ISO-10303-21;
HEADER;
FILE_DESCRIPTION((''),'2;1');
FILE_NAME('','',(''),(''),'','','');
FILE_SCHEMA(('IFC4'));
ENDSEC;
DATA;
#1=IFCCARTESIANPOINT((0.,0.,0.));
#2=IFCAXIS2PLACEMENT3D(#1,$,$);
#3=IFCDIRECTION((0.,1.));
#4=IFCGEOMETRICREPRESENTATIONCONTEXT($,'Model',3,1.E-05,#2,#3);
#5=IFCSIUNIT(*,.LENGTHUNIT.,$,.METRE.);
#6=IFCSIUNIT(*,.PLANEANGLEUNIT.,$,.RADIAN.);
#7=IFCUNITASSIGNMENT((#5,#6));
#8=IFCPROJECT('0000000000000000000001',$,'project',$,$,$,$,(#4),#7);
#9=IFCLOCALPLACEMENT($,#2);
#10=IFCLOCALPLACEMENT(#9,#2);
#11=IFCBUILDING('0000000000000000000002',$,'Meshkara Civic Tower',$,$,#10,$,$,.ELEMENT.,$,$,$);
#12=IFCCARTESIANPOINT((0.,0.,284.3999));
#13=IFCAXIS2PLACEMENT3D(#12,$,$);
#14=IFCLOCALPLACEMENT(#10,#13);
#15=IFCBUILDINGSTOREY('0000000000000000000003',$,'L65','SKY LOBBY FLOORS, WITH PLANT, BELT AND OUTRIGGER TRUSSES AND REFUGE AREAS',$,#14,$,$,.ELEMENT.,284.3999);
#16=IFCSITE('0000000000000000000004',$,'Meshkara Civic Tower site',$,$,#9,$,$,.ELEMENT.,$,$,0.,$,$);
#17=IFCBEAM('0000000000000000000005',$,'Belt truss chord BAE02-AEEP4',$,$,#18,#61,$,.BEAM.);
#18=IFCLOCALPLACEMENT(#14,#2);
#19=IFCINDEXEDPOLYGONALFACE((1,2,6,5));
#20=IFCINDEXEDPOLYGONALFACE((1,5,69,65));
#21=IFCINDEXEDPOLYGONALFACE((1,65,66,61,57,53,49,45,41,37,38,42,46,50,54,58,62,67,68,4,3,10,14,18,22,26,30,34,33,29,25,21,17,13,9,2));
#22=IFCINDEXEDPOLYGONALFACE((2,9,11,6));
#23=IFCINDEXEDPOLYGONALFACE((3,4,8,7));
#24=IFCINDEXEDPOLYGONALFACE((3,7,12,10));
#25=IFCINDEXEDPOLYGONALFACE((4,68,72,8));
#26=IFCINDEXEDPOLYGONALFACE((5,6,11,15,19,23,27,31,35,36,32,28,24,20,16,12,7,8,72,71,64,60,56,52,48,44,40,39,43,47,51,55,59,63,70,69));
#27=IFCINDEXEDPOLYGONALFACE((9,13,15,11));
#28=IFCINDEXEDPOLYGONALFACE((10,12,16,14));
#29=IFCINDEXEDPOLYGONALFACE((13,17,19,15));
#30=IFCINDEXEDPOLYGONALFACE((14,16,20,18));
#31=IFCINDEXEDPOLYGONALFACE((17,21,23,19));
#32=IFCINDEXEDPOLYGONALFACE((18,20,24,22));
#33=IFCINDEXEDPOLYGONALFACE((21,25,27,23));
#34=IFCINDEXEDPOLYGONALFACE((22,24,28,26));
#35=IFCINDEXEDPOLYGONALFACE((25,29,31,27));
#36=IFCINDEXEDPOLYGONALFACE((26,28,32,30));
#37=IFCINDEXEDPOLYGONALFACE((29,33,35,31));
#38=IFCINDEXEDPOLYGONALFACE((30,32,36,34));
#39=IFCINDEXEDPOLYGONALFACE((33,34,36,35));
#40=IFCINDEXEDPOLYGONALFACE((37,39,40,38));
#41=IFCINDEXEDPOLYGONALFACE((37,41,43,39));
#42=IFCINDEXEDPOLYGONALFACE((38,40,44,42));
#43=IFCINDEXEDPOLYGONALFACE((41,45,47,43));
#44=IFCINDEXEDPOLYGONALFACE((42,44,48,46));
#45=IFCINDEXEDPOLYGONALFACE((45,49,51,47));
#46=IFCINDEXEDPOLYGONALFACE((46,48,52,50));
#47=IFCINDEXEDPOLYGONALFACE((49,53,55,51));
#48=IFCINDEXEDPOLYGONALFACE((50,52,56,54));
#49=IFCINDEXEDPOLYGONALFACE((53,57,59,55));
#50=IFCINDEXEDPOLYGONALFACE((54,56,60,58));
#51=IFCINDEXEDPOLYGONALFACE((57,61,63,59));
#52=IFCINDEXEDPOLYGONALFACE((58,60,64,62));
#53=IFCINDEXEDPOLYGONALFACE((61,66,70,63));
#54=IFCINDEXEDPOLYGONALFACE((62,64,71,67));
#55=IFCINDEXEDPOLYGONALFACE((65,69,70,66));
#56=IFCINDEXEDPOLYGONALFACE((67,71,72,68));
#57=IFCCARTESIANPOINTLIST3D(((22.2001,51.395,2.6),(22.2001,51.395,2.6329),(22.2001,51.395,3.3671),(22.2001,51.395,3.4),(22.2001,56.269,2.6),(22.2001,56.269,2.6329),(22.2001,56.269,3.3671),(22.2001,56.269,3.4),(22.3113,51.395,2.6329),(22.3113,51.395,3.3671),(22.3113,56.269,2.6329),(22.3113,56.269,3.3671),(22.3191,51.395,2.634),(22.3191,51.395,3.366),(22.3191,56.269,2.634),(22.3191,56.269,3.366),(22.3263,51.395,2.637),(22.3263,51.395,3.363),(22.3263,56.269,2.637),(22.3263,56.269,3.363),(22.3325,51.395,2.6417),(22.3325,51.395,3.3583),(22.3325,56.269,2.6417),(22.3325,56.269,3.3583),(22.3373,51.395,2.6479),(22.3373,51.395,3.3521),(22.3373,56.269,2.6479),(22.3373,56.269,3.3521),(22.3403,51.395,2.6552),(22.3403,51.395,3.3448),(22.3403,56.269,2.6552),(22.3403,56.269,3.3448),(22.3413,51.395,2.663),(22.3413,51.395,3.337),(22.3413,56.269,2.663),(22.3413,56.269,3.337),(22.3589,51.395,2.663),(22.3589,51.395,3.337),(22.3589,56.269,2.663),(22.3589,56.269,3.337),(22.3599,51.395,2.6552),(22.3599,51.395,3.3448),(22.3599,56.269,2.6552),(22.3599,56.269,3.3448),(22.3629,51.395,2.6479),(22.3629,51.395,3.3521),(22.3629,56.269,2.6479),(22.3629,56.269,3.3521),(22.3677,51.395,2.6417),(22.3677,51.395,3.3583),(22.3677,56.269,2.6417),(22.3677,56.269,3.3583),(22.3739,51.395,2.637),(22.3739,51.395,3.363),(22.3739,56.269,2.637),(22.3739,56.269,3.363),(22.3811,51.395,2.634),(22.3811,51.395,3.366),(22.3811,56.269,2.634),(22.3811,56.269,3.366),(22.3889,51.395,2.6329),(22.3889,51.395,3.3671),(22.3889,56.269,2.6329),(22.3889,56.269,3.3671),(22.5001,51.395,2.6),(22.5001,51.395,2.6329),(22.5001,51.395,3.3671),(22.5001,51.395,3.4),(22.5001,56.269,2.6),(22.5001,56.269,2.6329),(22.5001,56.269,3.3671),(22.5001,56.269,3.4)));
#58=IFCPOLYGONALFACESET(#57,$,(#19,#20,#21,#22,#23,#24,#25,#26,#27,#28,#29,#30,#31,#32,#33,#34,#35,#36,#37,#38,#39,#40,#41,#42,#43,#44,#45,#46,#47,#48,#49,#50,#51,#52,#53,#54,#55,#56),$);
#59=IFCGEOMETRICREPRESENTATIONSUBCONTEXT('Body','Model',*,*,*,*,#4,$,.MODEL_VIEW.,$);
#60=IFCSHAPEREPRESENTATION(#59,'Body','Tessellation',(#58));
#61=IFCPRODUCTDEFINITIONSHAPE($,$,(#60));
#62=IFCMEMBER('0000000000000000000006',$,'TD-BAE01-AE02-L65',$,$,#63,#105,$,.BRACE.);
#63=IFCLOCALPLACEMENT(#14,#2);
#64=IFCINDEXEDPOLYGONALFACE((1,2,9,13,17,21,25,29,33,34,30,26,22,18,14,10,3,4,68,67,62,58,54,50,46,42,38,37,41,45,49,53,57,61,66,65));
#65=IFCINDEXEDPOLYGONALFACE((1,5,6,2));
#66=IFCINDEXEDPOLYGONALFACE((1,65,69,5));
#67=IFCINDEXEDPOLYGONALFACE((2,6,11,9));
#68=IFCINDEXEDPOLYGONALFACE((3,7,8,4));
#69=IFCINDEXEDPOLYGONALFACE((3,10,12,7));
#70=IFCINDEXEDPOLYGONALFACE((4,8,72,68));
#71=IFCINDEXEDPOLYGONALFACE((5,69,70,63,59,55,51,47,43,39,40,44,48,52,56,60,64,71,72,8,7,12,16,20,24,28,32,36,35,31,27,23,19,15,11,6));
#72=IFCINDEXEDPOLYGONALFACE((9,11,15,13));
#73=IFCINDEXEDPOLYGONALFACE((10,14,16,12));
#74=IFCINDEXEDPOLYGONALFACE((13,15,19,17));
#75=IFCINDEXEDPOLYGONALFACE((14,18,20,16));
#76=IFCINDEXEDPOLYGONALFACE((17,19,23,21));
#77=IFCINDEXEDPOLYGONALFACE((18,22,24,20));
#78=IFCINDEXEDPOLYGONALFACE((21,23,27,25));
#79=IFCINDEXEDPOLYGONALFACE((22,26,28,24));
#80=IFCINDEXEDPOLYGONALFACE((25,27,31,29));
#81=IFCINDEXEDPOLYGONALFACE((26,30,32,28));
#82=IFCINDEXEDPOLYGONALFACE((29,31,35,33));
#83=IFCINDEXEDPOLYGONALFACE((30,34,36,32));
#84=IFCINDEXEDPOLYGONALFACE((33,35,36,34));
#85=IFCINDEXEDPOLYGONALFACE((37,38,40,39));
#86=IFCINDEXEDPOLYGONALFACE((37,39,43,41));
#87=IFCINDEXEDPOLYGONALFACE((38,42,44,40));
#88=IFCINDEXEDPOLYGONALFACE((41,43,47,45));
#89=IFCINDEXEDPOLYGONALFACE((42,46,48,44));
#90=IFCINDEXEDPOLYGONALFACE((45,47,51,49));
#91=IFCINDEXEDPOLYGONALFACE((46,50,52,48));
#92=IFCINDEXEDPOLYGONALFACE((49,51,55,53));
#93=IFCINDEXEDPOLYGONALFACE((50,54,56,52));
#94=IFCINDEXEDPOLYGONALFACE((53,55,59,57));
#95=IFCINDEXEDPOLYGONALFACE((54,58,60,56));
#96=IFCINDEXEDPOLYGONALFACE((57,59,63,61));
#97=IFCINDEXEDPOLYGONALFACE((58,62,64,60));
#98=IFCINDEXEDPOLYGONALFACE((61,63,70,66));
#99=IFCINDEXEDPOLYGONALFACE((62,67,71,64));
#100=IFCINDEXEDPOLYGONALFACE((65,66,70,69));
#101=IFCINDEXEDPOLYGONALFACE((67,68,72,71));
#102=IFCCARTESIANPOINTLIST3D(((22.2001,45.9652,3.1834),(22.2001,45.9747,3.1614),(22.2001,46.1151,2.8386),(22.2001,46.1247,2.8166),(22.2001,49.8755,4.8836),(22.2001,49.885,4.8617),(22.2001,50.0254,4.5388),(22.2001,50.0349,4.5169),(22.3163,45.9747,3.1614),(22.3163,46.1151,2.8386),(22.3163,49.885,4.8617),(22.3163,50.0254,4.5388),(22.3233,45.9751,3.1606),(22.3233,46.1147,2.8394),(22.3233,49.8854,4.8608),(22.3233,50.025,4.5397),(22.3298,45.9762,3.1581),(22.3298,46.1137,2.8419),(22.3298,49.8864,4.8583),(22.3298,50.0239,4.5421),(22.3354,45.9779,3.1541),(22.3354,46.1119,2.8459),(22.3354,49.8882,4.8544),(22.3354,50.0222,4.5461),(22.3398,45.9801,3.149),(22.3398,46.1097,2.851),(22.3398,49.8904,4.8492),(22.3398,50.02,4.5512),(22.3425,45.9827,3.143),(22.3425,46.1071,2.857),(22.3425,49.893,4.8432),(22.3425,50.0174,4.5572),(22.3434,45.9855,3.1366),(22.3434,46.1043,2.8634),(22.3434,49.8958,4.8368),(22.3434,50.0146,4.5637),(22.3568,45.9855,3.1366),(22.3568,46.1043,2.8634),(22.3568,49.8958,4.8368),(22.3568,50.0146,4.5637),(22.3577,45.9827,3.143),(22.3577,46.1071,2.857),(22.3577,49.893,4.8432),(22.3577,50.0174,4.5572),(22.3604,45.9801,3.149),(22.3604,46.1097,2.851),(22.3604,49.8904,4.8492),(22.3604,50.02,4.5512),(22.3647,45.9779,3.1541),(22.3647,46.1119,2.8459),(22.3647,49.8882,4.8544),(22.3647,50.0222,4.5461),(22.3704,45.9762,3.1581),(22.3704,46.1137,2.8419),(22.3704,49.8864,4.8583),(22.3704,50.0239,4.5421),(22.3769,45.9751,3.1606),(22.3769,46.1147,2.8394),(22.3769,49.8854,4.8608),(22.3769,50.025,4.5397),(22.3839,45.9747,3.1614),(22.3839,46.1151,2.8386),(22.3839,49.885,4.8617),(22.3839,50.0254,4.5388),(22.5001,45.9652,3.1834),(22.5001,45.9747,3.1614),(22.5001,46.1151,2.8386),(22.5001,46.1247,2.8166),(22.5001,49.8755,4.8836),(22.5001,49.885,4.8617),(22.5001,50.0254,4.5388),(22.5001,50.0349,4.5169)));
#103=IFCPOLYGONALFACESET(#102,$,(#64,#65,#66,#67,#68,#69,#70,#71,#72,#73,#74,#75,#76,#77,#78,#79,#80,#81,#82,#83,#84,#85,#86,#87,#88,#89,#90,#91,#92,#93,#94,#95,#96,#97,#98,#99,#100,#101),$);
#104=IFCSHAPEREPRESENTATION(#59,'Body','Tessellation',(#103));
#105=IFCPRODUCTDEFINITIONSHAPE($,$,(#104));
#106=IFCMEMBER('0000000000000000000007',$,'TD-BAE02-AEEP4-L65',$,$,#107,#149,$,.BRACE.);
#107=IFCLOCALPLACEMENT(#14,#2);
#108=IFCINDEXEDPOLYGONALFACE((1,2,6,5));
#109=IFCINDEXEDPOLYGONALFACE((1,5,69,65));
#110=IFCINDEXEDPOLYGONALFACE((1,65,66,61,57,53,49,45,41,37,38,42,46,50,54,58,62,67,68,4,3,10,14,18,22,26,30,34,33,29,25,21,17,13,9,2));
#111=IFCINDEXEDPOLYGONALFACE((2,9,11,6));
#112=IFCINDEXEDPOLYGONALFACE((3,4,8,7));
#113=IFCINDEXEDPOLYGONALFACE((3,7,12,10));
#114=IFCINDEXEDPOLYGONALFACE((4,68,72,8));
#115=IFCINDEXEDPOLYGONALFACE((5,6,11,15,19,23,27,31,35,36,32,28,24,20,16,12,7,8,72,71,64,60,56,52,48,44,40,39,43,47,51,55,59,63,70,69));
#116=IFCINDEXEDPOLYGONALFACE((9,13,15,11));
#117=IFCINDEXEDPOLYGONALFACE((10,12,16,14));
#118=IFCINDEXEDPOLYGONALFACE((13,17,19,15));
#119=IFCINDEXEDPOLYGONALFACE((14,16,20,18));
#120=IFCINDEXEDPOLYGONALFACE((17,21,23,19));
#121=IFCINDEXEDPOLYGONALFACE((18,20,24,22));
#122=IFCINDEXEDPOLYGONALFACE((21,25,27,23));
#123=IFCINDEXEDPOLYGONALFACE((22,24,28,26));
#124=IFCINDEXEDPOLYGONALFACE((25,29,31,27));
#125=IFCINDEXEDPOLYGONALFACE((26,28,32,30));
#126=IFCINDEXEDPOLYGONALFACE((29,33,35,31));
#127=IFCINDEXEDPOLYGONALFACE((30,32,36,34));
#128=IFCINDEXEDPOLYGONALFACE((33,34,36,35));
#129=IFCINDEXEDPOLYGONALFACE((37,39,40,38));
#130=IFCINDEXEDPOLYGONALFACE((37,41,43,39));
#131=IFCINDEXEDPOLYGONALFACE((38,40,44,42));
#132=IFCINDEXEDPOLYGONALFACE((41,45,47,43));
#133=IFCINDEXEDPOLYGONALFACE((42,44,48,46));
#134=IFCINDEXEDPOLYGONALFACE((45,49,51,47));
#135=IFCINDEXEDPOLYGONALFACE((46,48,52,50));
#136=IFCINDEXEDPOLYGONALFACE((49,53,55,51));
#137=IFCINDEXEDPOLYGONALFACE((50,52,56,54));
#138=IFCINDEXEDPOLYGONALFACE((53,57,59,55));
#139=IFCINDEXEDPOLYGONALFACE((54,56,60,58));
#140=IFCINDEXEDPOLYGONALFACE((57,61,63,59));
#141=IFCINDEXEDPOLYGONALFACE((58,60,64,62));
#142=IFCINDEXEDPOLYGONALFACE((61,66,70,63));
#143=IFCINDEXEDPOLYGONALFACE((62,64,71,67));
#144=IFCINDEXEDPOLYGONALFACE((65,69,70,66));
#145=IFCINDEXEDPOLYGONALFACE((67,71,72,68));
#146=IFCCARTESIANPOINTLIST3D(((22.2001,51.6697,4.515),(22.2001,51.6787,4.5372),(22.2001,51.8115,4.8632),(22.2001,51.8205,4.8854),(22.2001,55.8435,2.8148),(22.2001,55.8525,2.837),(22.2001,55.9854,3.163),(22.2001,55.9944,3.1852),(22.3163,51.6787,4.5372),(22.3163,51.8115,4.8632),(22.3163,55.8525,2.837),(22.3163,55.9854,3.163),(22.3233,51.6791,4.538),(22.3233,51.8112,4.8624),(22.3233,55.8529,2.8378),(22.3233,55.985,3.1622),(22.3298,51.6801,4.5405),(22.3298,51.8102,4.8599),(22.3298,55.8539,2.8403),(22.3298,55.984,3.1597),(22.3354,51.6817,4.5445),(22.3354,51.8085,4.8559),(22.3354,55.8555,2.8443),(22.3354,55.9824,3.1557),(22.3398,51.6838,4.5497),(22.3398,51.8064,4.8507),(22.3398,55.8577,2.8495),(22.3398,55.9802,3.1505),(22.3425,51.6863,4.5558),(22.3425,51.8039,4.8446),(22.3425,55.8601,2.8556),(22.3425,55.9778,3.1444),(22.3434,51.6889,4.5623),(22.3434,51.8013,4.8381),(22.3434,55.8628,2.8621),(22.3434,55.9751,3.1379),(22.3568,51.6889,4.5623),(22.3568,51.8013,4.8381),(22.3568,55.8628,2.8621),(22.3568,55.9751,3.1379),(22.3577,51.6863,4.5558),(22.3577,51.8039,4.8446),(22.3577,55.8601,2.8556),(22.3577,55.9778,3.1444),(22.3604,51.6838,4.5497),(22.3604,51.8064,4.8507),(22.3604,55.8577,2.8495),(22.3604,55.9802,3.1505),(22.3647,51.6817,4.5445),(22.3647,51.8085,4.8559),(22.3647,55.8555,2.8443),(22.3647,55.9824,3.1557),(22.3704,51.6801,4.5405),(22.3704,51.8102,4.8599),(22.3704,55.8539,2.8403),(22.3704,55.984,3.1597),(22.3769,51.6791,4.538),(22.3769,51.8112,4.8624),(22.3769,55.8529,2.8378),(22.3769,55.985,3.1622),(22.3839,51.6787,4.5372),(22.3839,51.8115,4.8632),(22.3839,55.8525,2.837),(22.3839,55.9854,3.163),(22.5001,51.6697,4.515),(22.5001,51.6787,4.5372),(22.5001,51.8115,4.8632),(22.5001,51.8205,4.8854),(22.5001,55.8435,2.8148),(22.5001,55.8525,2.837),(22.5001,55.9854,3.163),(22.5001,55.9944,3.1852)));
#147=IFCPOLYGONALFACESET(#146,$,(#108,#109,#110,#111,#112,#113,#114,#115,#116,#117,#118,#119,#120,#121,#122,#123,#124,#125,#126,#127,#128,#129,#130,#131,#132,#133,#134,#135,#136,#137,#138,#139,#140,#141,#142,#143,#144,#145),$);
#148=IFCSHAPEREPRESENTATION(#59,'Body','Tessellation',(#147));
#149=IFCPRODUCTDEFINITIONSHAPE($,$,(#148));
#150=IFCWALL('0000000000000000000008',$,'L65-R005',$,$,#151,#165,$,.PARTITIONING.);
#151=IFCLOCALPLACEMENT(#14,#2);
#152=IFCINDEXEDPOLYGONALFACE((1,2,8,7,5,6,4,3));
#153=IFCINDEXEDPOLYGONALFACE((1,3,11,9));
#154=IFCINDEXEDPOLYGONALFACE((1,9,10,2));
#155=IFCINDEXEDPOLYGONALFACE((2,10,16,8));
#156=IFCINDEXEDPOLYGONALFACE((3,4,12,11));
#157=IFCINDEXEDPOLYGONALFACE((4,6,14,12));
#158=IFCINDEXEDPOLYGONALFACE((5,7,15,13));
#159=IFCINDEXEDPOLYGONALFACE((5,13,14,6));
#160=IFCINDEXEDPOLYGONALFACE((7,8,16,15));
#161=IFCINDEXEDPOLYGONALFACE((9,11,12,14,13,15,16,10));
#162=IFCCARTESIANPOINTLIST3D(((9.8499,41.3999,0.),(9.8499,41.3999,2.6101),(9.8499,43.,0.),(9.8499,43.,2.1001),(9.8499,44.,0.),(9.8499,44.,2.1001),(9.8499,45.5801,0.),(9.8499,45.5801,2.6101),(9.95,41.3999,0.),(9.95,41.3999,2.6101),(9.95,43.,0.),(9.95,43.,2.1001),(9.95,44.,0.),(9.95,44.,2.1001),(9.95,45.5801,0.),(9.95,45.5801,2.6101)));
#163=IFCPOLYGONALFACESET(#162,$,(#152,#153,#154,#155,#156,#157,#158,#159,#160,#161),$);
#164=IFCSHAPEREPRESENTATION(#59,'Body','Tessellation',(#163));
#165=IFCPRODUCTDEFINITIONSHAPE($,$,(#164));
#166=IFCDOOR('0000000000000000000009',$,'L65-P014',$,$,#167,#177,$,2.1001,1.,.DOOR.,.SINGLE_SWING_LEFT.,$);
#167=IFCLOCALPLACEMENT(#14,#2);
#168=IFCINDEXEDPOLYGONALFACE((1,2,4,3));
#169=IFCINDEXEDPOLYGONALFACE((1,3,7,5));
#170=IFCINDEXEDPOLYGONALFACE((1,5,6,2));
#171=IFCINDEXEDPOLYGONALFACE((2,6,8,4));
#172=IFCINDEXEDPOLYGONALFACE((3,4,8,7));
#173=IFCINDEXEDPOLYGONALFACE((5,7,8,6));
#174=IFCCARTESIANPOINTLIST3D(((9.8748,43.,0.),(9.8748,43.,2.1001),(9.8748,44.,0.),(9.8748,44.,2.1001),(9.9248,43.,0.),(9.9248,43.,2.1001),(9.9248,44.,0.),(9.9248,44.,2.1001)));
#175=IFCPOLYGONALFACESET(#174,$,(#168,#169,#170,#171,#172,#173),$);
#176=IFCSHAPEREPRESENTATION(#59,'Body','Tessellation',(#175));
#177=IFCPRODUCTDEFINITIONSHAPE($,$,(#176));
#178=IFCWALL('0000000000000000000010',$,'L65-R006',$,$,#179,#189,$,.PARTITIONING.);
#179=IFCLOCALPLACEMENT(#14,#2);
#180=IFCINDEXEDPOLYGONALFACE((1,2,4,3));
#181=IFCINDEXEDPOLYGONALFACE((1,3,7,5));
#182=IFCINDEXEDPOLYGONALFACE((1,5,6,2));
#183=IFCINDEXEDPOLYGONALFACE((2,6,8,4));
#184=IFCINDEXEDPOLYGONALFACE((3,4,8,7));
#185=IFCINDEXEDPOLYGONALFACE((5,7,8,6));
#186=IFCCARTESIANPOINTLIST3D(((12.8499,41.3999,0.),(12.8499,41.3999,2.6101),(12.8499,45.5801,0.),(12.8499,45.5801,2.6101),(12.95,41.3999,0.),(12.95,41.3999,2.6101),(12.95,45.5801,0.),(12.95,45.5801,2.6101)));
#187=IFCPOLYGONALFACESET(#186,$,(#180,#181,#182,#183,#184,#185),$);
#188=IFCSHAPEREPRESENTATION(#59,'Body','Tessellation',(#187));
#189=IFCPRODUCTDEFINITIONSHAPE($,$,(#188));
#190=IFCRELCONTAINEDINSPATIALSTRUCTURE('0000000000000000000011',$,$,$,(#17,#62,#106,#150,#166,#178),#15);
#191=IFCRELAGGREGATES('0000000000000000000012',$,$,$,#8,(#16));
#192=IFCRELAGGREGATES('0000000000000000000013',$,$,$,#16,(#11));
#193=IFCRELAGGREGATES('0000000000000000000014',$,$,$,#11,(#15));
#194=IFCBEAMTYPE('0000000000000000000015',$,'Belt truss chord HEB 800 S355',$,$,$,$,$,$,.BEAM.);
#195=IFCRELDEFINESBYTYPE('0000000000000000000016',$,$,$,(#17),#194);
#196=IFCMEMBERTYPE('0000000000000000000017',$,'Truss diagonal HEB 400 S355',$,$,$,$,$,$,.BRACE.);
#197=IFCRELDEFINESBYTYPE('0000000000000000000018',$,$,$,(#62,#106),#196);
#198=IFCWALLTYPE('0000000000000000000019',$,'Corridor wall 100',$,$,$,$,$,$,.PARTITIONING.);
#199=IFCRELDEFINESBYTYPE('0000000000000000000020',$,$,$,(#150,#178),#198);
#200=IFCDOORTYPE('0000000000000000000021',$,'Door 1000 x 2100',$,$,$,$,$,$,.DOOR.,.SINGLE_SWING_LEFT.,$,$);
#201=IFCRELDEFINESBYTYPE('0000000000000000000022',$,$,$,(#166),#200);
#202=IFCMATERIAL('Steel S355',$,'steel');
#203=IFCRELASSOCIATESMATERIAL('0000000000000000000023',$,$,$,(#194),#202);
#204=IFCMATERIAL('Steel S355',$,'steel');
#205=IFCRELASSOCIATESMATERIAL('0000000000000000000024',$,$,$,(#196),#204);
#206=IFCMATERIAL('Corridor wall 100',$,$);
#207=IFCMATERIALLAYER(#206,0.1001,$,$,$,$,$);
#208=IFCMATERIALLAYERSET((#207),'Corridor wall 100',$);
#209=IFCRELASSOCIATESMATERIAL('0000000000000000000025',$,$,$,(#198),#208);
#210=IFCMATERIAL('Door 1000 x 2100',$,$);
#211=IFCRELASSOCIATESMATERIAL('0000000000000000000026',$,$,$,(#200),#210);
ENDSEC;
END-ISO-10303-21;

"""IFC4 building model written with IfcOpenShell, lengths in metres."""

from ifc_helpers import new_model, si_unit, direction, frame, frame_2d, origin, origin_2d, place, context, subcontext, project, spatial, rectangle, i_section, extrude, material, layer, layer_set, material_profile, profile_set, type_object, element, fill, save


model = new_model("IFC4")

# Units and contexts
model_context = context("Model", 3, precision=1e-05, world=origin(), true_north=direction((0.0, 1.0)))
body_context = subcontext(model_context, "Body", "Model", "MODEL_VIEW")
ifc_project = project(units=[si_unit("LENGTHUNIT", "METRE"), si_unit("PLANEANGLEUNIT", "RADIAN")], contexts=[model_context])

# Site, building, storey
site_placement = place(None, origin())
site = spatial("IfcSite", under=ifc_project, at=site_placement, Name="Meshkara Civic Tower site", CompositionType="ELEMENT", RefElevation=0.0)
building_placement = place(site_placement, origin())
building = spatial("IfcBuilding", under=site, at=building_placement, Name="Meshkara Civic Tower", CompositionType="ELEMENT")
storey_placement = place(building_placement, frame((0.0, 0.0, 284.3999)))
storey = spatial("IfcBuildingStorey", under=building, at=storey_placement, Name="L65", Description="SKY LOBBY FLOORS, WITH PLANT, BELT AND OUTRIGGER TRUSSES AND REFUGE AREAS", CompositionType="ELEMENT", Elevation=284.3999)

# Beam
ifc_material_1 = material(Name="Steel S355", Category="steel")
ifc_material_profile_1 = material_profile(ifc_material_1, i_section(OverallWidth=0.3, OverallDepth=0.8, WebThickness=0.0176, FlangeThickness=0.033, FilletRadius=0.03, at=origin_2d()))
ifc_profile_set_1 = profile_set([ifc_material_profile_1], Name="Steel S355")
beam_type = type_object("IfcBeamType", Name="Belt truss chord HEB 800 S355", PredefinedType="BEAM", material=ifc_profile_set_1)
for number, where, z_axis, x_axis, name in (
    (1, (22.3501, 51.395, 3.0), (0.0, 1.0, 0.0), (-1.0, 0.0, 0.0), "Belt truss chord BAE02-AEEP4"),
):
    element("IfcBeam", number, at=place(storey_placement, frame(where, z_axis=z_axis, x_axis=x_axis)), inside=storey, type_object=beam_type, Name=name, PredefinedType="BEAM", context=body_context, shape_type="SweptSolid", body=[
        extrude(i_section(OverallWidth=0.3, OverallDepth=0.8, WebThickness=0.0176, FlangeThickness=0.033, FilletRadius=0.03, at=origin_2d()), origin(), (0.0, 0.0, 1.0), 4.874),
    ])

# Members
ifc_material_2 = material(Name="Steel S355", Category="steel")
ifc_material_profile_2 = material_profile(ifc_material_2, i_section(OverallWidth=0.3, OverallDepth=0.3999, WebThickness=0.0134, FlangeThickness=0.0239, FilletRadius=0.0271, at=origin_2d()))
ifc_profile_set_2 = profile_set([ifc_material_profile_2], Name="Steel S355")
member_type = type_object("IfcMemberType", Name="Truss diagonal HEB 400 S355", PredefinedType="BRACE", material=ifc_profile_set_2)
member_1_placement = place(storey_placement, frame((22.3501, 46.0449, 3.0), z_axis=(0.0, 0.917059, 0.398751), x_axis=(-1.0, 0.0, 0.0)))
element("IfcMember", 2, at=member_1_placement, inside=storey, type_object=member_type, Name="TD-BAE01-AE02-L65", PredefinedType="BRACE", context=body_context, shape_type="SweptSolid", body=[
    extrude(i_section(OverallWidth=0.3, OverallDepth=0.3999, WebThickness=0.0134, FlangeThickness=0.0239, FilletRadius=0.0271, at=origin_2d()), origin(), (0.0, 0.0, 1.0), 4.2639),
])
member_2_placement = place(storey_placement, frame((22.3501, 51.7451, 4.7002), z_axis=(0.0, 0.926112, -0.377249), x_axis=(-1.0, 0.0, 0.0)))
element("IfcMember", 3, at=member_2_placement, inside=storey, type_object=member_type, Name="TD-BAE02-AEEP4-L65", PredefinedType="BRACE", context=body_context, shape_type="SweptSolid", body=[
    extrude(i_section(OverallWidth=0.3, OverallDepth=0.3999, WebThickness=0.0134, FlangeThickness=0.0239, FilletRadius=0.0271, at=origin_2d()), origin(), (0.0, 0.0, 1.0), 4.5068),
])

# Wall, opening, door
ifc_material_3 = material(Name="Corridor wall 100")
ifc_layer_1 = layer(ifc_material_3, 0.1001)
ifc_layer_set_1 = layer_set([ifc_layer_1], Name="Corridor wall 100")
wall_type_1 = type_object("IfcWallType", Name="Corridor wall 100", PredefinedType="PARTITIONING", material=ifc_layer_set_1)
wall_1_placement = place(storey_placement, frame((9.8999, 45.5801, 0.0), z_axis=(0.0, 0.0, 1.0), x_axis=(0.0, -1.0, 0.0)))
wall_1 = element("IfcWall", 4, at=wall_1_placement, inside=storey, type_object=wall_type_1, Name="L65-R005", PredefinedType="PARTITIONING", context=body_context, shape_type="SweptSolid", body=[
    extrude(rectangle(XDim=4.1802, YDim=0.1001, at=frame_2d((2.0901, 0.0))), origin(), (0.0, 0.0, 1.0), 2.6101),
])
opening_1_placement = place(wall_1_placement, frame((1.5801, 0.0, 0.0)))
opening_1 = element("IfcOpeningElement", 5, at=opening_1_placement, cuts=wall_1, PredefinedType="OPENING", context=body_context, shape_type="SweptSolid", body=[
    extrude(rectangle(XDim=1.0, YDim=2.1001, at=frame_2d((0.5, 1.05))), frame((0.0, 0.0601, 0.0), z_axis=(0.0, -1.0, 0.0), x_axis=(1.0, 0.0, 0.0)), (0.0, 0.0, 1.0), 0.1201),
])
ifc_material_4 = material(Name="Door 1000 x 2100")
door_type = type_object("IfcDoorType", Name="Door 1000 x 2100", OperationType="SINGLE_SWING_LEFT", PredefinedType="DOOR", material=ifc_material_4)
door_1_placement = place(opening_1_placement, origin())
door_1 = element("IfcDoor", 6, at=door_1_placement, inside=storey, type_object=door_type, Name="L65-P014", OperationType="SINGLE_SWING_LEFT", OverallHeight=2.1001, OverallWidth=1.0, PredefinedType="DOOR", context=body_context, shape_type="SweptSolid", body=[
    extrude(rectangle(XDim=1.0, YDim=2.1001, at=frame_2d((0.5, 1.05))), frame((0.0, 0.0249, 0.0), z_axis=(0.0, -1.0, 0.0), x_axis=(1.0, 0.0, 0.0)), (0.0, 0.0, 1.0), 0.05),
])
fill(opening_1, door_1)

# Wall
wall_2_placement = place(storey_placement, frame((12.8999, 41.3999, 0.0), z_axis=(0.0, 0.0, 1.0), x_axis=(0.0, 1.0, 0.0)))
element("IfcWall", 7, at=wall_2_placement, inside=storey, type_object=wall_type_1, Name="L65-R006", PredefinedType="PARTITIONING", context=body_context, shape_type="SweptSolid", body=[
    extrude(rectangle(XDim=4.1802, YDim=0.1001, at=frame_2d((2.0901, 0.0))), origin(), (0.0, 0.0, 1.0), 2.6101),
])

save(model, "model.ifc")
